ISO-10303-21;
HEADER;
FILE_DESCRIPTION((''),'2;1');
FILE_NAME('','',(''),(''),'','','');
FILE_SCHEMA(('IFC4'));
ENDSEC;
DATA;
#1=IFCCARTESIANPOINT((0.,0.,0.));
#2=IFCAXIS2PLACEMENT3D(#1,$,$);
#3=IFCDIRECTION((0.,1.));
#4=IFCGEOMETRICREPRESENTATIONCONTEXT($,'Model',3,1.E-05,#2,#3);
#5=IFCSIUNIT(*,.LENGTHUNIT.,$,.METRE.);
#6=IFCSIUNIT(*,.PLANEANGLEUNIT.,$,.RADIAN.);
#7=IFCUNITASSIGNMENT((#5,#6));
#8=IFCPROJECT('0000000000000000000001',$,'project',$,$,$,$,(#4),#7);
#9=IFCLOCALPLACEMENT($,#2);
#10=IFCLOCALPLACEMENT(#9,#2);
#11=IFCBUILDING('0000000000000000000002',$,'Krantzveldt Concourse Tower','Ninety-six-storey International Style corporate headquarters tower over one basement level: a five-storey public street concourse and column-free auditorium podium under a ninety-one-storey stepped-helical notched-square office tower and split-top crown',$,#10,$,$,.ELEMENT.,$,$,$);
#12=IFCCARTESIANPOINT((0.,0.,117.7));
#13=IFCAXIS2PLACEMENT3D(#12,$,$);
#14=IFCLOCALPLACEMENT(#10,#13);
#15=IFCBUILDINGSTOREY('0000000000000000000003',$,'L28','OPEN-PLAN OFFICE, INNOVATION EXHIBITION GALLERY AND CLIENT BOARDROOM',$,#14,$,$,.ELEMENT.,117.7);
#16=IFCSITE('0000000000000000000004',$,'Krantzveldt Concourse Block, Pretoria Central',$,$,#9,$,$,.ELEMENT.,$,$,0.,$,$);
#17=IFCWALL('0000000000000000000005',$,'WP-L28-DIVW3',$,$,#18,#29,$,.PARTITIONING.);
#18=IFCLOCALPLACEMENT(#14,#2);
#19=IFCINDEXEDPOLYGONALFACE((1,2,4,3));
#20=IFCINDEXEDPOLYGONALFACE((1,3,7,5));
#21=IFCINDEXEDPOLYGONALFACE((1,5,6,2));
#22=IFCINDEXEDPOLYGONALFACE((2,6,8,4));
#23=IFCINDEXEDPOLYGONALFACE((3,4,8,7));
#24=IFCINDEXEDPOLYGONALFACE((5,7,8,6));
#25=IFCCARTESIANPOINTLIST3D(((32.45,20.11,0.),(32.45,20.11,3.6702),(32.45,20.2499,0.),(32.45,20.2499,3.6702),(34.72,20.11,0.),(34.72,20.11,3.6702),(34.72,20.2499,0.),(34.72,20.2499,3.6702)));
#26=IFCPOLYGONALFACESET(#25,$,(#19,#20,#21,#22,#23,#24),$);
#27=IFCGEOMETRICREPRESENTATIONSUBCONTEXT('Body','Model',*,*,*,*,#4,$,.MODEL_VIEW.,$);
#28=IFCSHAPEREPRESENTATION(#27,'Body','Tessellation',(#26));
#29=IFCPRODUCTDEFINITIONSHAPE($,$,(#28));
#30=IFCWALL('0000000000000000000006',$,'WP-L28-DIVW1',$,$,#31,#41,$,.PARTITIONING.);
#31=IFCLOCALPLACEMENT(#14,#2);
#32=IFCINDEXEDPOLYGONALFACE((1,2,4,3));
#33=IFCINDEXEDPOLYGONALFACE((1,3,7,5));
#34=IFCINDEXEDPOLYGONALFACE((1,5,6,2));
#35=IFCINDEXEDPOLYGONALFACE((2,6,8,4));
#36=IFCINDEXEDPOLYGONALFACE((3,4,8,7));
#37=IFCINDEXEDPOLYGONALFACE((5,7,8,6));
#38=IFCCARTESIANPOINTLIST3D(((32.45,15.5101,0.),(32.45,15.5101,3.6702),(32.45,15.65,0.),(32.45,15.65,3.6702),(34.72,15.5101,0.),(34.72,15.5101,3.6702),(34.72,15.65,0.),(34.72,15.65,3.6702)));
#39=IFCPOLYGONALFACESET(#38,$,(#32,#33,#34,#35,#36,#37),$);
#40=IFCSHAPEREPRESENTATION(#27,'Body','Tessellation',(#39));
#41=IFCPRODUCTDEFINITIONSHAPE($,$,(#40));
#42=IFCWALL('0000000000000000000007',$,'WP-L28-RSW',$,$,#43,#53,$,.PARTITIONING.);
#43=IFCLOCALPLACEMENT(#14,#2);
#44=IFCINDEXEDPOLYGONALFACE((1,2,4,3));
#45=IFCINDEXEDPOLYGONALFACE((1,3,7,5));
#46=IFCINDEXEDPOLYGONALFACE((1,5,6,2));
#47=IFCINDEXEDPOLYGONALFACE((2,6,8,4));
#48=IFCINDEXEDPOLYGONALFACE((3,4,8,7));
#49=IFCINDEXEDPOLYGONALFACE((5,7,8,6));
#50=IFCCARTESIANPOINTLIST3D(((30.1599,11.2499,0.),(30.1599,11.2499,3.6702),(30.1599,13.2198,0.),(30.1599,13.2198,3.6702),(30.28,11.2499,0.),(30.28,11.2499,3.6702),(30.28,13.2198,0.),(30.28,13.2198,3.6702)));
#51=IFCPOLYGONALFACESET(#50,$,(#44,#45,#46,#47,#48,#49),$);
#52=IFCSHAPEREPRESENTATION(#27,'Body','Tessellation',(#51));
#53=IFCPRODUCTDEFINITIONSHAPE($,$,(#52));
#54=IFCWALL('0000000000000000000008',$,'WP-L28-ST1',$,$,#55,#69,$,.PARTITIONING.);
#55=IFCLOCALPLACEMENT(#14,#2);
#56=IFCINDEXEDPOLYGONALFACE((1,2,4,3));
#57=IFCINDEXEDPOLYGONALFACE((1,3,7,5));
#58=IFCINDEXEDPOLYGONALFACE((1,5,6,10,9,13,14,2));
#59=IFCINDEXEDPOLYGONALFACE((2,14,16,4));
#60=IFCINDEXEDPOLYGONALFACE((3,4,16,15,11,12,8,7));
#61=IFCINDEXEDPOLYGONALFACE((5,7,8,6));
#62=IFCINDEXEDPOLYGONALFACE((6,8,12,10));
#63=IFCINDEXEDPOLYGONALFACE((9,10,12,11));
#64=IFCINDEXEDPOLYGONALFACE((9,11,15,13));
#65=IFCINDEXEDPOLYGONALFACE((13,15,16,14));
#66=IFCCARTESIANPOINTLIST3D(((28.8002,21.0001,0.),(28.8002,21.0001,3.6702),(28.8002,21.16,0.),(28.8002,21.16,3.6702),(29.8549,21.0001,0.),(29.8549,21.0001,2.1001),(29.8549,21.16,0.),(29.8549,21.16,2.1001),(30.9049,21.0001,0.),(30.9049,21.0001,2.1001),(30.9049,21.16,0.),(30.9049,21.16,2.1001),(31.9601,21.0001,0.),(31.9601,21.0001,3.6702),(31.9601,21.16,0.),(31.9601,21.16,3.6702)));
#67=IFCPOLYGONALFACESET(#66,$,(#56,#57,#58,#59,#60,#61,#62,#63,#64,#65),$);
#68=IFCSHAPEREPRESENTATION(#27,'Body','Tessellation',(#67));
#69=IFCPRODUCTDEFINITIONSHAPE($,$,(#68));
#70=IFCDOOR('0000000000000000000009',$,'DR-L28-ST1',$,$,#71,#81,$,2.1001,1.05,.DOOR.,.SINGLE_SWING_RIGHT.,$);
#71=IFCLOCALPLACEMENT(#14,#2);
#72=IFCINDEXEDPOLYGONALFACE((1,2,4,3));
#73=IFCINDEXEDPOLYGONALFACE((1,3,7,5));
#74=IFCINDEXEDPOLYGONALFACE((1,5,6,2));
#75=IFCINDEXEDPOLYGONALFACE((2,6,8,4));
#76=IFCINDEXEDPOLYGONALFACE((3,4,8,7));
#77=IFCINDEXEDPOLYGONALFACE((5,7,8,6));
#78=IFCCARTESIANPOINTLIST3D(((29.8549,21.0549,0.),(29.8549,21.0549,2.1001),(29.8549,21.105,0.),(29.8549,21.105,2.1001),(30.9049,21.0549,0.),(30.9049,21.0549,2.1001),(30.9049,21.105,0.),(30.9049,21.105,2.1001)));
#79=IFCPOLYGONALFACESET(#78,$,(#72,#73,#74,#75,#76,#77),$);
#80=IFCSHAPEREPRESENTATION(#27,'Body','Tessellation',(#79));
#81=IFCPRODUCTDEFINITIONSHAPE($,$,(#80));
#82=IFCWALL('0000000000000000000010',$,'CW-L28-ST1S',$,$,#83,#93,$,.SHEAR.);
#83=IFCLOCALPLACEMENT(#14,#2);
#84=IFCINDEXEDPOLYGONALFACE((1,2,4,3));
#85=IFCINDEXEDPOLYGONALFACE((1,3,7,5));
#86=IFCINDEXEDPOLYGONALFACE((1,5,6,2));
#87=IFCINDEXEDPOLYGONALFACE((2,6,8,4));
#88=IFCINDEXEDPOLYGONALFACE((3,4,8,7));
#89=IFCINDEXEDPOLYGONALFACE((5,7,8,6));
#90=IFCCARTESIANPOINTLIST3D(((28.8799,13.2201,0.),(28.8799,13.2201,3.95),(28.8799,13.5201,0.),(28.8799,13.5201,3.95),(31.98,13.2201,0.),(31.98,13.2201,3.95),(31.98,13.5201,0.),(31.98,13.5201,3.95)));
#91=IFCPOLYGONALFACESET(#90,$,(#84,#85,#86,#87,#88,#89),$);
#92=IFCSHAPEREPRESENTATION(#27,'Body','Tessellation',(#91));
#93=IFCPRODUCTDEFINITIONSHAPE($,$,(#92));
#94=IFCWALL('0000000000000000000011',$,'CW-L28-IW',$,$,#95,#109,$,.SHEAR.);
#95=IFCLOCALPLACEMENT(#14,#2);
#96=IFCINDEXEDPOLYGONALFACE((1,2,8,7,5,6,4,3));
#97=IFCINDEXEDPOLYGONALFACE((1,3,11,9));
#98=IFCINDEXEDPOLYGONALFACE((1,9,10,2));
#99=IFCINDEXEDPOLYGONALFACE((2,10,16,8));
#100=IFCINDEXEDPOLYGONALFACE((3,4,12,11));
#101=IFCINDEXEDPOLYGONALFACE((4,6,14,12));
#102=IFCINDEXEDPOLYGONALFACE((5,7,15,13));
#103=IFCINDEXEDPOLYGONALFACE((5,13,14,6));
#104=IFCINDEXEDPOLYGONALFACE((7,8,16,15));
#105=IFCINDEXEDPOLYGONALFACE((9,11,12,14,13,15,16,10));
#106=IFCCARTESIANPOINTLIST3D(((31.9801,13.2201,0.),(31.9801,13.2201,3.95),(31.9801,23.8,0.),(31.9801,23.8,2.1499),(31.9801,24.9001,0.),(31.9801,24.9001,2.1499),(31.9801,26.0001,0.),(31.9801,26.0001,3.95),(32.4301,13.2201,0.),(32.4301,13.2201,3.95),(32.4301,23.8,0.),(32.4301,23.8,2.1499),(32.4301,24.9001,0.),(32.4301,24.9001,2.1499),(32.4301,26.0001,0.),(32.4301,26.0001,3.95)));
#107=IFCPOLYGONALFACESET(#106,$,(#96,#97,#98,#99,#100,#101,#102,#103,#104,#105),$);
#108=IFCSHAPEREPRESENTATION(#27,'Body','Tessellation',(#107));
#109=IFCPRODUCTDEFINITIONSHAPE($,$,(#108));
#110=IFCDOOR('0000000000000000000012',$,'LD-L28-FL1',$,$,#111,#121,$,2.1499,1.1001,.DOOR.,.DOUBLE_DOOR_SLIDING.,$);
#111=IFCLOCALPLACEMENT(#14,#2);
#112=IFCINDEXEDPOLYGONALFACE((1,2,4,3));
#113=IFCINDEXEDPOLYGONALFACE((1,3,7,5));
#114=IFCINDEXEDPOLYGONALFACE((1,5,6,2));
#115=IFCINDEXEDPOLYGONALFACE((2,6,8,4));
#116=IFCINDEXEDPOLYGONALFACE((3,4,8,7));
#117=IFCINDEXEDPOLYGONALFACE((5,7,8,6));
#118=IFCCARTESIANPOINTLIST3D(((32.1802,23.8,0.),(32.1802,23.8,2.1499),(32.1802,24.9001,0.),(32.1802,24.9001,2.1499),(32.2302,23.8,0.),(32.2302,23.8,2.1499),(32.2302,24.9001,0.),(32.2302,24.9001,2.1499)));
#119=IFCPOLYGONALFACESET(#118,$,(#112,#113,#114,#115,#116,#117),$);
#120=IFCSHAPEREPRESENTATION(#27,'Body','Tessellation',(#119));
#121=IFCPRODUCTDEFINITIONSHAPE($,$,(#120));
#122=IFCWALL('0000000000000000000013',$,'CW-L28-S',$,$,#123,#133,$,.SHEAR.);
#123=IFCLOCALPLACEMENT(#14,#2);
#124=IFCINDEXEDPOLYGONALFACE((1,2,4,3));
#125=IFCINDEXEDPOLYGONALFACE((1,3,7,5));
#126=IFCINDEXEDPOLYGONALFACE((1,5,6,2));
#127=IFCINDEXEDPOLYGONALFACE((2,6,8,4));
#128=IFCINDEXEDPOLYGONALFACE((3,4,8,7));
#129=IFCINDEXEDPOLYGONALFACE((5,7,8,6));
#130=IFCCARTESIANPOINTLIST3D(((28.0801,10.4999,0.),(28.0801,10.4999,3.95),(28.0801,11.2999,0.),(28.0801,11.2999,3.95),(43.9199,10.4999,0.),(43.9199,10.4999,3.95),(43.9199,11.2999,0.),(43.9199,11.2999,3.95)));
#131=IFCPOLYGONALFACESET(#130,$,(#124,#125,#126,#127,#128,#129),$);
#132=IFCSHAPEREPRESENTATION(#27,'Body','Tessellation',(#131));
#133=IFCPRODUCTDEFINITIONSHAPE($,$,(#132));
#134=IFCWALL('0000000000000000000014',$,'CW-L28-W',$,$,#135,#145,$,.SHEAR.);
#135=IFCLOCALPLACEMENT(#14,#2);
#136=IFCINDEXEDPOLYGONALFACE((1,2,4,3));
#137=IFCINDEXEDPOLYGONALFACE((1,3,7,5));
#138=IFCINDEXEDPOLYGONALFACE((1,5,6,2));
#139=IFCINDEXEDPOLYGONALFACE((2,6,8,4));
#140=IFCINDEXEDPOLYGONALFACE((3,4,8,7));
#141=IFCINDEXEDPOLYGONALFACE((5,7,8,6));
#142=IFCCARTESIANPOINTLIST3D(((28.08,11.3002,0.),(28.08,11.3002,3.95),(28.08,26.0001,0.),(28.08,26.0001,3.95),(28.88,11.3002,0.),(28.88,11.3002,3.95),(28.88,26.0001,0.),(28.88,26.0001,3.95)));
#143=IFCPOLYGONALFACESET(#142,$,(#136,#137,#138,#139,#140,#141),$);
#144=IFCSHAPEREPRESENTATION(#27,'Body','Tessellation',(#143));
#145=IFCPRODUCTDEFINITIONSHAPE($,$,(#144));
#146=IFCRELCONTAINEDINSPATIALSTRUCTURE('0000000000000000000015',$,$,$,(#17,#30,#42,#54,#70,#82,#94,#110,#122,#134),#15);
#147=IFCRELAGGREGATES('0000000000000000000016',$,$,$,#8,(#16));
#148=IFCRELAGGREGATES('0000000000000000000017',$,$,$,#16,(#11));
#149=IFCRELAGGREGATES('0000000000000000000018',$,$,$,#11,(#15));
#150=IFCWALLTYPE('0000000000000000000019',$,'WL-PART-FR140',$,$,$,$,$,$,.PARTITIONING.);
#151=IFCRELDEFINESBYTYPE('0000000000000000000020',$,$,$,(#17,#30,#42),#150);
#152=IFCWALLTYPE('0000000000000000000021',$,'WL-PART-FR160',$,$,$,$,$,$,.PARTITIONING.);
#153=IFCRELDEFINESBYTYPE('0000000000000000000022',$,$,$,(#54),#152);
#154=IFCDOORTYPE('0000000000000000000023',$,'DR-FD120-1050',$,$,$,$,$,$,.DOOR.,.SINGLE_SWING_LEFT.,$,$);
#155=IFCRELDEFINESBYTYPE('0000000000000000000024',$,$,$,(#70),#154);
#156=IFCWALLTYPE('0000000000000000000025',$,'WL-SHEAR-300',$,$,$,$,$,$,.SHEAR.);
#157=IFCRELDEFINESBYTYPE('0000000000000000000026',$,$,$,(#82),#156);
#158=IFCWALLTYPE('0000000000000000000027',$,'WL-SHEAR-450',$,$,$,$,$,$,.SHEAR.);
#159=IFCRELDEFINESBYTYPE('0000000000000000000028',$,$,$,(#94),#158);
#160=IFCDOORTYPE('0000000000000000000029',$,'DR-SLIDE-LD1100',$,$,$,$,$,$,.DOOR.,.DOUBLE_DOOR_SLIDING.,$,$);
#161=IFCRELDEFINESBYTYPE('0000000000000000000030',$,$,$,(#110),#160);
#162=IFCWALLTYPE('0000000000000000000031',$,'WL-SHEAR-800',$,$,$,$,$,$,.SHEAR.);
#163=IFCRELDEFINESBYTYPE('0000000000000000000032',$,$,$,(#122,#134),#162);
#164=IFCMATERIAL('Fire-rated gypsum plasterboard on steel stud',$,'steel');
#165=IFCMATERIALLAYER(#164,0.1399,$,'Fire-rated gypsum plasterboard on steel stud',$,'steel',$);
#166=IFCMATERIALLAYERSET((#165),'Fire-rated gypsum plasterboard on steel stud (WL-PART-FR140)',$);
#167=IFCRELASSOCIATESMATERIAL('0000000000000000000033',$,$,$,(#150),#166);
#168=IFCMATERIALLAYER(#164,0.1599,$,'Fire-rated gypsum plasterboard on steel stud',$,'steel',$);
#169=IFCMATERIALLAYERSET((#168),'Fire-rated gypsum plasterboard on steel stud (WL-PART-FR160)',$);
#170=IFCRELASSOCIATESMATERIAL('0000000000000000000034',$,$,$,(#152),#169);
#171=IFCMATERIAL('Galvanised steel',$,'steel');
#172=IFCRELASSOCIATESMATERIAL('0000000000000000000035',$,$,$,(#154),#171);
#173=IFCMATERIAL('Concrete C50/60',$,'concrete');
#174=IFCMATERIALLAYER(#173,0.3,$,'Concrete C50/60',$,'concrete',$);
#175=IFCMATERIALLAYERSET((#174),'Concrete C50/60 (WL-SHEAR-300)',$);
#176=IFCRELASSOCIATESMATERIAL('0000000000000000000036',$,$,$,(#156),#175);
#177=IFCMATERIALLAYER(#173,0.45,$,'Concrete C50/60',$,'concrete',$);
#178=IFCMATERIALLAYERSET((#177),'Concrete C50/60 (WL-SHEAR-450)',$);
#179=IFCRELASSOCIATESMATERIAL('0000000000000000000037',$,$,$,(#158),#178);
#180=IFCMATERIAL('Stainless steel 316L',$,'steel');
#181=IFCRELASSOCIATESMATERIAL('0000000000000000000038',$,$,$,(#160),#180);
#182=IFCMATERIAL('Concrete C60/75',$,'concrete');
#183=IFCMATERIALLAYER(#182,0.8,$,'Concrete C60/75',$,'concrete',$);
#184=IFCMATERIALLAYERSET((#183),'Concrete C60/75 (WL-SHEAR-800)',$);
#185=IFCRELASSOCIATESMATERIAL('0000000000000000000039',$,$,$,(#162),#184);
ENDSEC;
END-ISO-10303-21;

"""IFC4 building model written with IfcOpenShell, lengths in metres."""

from ifc_helpers import new_model, si_unit, direction, frame, frame_2d, origin, place, context, subcontext, project, spatial, rectangle, extrude, material, layer, layer_set, type_object, element, fill, save


model = new_model("IFC4")

# Units and contexts
model_context = context("Model", 3, precision=1e-05, world=origin(), true_north=direction((0.0, 1.0)))
body_context = subcontext(model_context, "Body", "Model", "MODEL_VIEW")
ifc_project = project(units=[si_unit("LENGTHUNIT", "METRE"), si_unit("PLANEANGLEUNIT", "RADIAN")], contexts=[model_context])

# Site, building, storey
site_placement = place(None, origin())
site = spatial("IfcSite", under=ifc_project, at=site_placement, Name="Krantzveldt Concourse Block, Pretoria Central", CompositionType="ELEMENT", RefElevation=0.0)
building_placement = place(site_placement, origin())
building = spatial("IfcBuilding", under=site, at=building_placement, Name="Krantzveldt Concourse Tower", Description="Ninety-six-storey International Style corporate headquarters tower over one basement level: a five-storey public street concourse and column-free auditorium podium under a ninety-one-storey stepped-helical notched-square office tower and split-top crown", CompositionType="ELEMENT")
storey_placement = place(building_placement, frame((0.0, 0.0, 117.7)))
storey = spatial("IfcBuildingStorey", under=building, at=storey_placement, Name="L28", Description="OPEN-PLAN OFFICE, INNOVATION EXHIBITION GALLERY AND CLIENT BOARDROOM", CompositionType="ELEMENT", Elevation=117.7)

# Shared definitions
ifc_material_1 = material(Name="Concrete C60/75", Category="concrete")

# Shared definitions
ifc_material_2 = material(Name="Fire-rated gypsum plasterboard on steel stud", Category="steel")

# Walls
ifc_layer_1 = layer(ifc_material_2, 0.1399, Name="Fire-rated gypsum plasterboard on steel stud", Category="steel")
ifc_layer_set_1 = layer_set([ifc_layer_1], Name="Fire-rated gypsum plasterboard on steel stud (WL-PART-FR140)")
wall_type_1 = type_object("IfcWallType", Name="WL-PART-FR140", PredefinedType="PARTITIONING", material=ifc_layer_set_1)
for number, where, z_axis, x_axis, name in (
    (1, (32.45, 20.1799, 0.0), (0.0, 0.0, 1.0), (1.0, 0.0, 0.0), "WP-L28-DIVW3"),
    (2, (32.45, 15.5801, 0.0), (0.0, 0.0, 1.0), (1.0, 0.0, 0.0), "WP-L28-DIVW1"),
):
    element("IfcWall", number, at=place(storey_placement, frame(where, z_axis=z_axis, x_axis=x_axis)), inside=storey, type_object=wall_type_1, Name=name, PredefinedType="PARTITIONING", context=body_context, shape_type="SweptSolid", body=[
        extrude(rectangle(XDim=2.27, YDim=0.1399, at=frame_2d((1.135, 0.0))), origin(), (0.0, 0.0, 1.0), 3.6702),
    ])
wall_1_placement = place(storey_placement, frame((30.22, 11.25, 0.0), z_axis=(0.0, 0.0, 1.0), x_axis=(0.0, 1.0, 0.0)))
element("IfcWall", 3, at=wall_1_placement, inside=storey, type_object=wall_type_1, Name="WP-L28-RSW", PredefinedType="PARTITIONING", context=body_context, shape_type="SweptSolid", body=[
    extrude(rectangle(XDim=1.97, YDim=0.1201, at=frame_2d((0.9849, 0.0))), origin(), (0.0, 0.0, 1.0), 3.6702),
])

# Wall, opening, door
ifc_layer_2 = layer(ifc_material_2, 0.1599, Name="Fire-rated gypsum plasterboard on steel stud", Category="steel")
ifc_layer_set_2 = layer_set([ifc_layer_2], Name="Fire-rated gypsum plasterboard on steel stud (WL-PART-FR160)")
wall_type_2 = type_object("IfcWallType", Name="WL-PART-FR160", PredefinedType="PARTITIONING", material=ifc_layer_set_2)
wall_2_placement = place(storey_placement, frame((28.8, 21.0801, 0.0), z_axis=(0.0, 0.0, 1.0), x_axis=(1.0, 0.0, 0.0)))
wall_2 = element("IfcWall", 4, at=wall_2_placement, inside=storey, type_object=wall_type_2, Name="WP-L28-ST1", PredefinedType="PARTITIONING", context=body_context, shape_type="SweptSolid", body=[
    extrude(rectangle(XDim=3.1599, YDim=0.1599, at=frame_2d((1.5801, 0.0))), origin(), (0.0, 0.0, 1.0), 3.6702),
])
opening_1_placement = place(wall_2_placement, frame((1.0549, 0.0, 0.0)))
opening_1 = element("IfcOpeningElement", 5, at=opening_1_placement, cuts=wall_2, PredefinedType="OPENING", context=body_context, shape_type="SweptSolid", body=[
    extrude(rectangle(XDim=1.05, YDim=2.1001, at=frame_2d((0.5249, 1.05))), frame((0.0, 0.0898, 0.0), z_axis=(0.0, -1.0, 0.0), x_axis=(1.0, 0.0, 0.0)), (0.0, 0.0, 1.0), 0.1799),
])
ifc_material_3 = material(Name="Galvanised steel", Category="steel")
door_type_1 = type_object("IfcDoorType", Name="DR-FD120-1050", OperationType="SINGLE_SWING_LEFT", PredefinedType="DOOR", material=ifc_material_3)
door_1_placement = place(opening_1_placement, origin())
door_1 = element("IfcDoor", 6, at=door_1_placement, inside=storey, type_object=door_type_1, Name="DR-L28-ST1", OperationType="SINGLE_SWING_RIGHT", OverallHeight=2.1001, OverallWidth=1.05, PredefinedType="DOOR", context=body_context, shape_type="SweptSolid", body=[
    extrude(rectangle(XDim=1.05, YDim=2.1001, at=frame_2d((0.5249, 1.05))), frame((0.0, 0.0249, 0.0), z_axis=(0.0, -1.0, 0.0), x_axis=(1.0, 0.0, 0.0)), (0.0, 0.0, 1.0), 0.05),
])
fill(opening_1, door_1)

# Wall
ifc_material_4 = material(Name="Concrete C50/60", Category="concrete")
ifc_layer_3 = layer(ifc_material_4, 0.3, Name="Concrete C50/60", Category="concrete")
ifc_layer_set_3 = layer_set([ifc_layer_3], Name="Concrete C50/60 (WL-SHEAR-300)")
wall_type_3 = type_object("IfcWallType", Name="WL-SHEAR-300", PredefinedType="SHEAR", material=ifc_layer_set_3)
wall_3_placement = place(storey_placement, frame((28.8799, 13.3701, 0.0), z_axis=(0.0, 0.0, 1.0), x_axis=(1.0, 0.0, 0.0)))
element("IfcWall", 7, at=wall_3_placement, inside=storey, type_object=wall_type_3, Name="CW-L28-ST1S", PredefinedType="SHEAR", context=body_context, shape_type="SweptSolid", body=[
    extrude(rectangle(XDim=3.1001, YDim=0.3, at=frame_2d((1.55, 0.0))), origin(), (0.0, 0.0, 1.0), 3.95),
])

# Wall, opening, door
ifc_layer_4 = layer(ifc_material_4, 0.45, Name="Concrete C50/60", Category="concrete")
ifc_layer_set_4 = layer_set([ifc_layer_4], Name="Concrete C50/60 (WL-SHEAR-450)")
wall_type_4 = type_object("IfcWallType", Name="WL-SHEAR-450", PredefinedType="SHEAR", material=ifc_layer_set_4)
wall_4_placement = place(storey_placement, frame((32.2051, 13.22, 0.0), z_axis=(0.0, 0.0, 1.0), x_axis=(0.0, 1.0, 0.0)))
wall_4 = element("IfcWall", 8, at=wall_4_placement, inside=storey, type_object=wall_type_4, Name="CW-L28-IW", PredefinedType="SHEAR", context=body_context, shape_type="SweptSolid", body=[
    extrude(rectangle(XDim=12.78, YDim=0.45, at=frame_2d((6.3901, 0.0))), origin(), (0.0, 0.0, 1.0), 3.95),
])
opening_2_placement = place(wall_4_placement, frame((10.5801, 0.0, 0.0)))
opening_2 = element("IfcOpeningElement", 9, at=opening_2_placement, cuts=wall_4, PredefinedType="OPENING", context=body_context, shape_type="SweptSolid", body=[
    extrude(rectangle(XDim=1.1001, YDim=2.1499, at=frame_2d((0.55, 1.075))), frame((0.0, 0.2349, 0.0), z_axis=(0.0, -1.0, 0.0), x_axis=(1.0, 0.0, 0.0)), (0.0, 0.0, 1.0), 0.47),
])
ifc_material_5 = material(Name="Stainless steel 316L", Category="steel")
door_type_2 = type_object("IfcDoorType", Name="DR-SLIDE-LD1100", OperationType="DOUBLE_DOOR_SLIDING", PredefinedType="DOOR", material=ifc_material_5)
door_2_placement = place(opening_2_placement, origin())
door_2 = element("IfcDoor", 10, at=door_2_placement, inside=storey, type_object=door_type_2, Name="LD-L28-FL1", OperationType="DOUBLE_DOOR_SLIDING", OverallHeight=2.1499, OverallWidth=1.1001, PredefinedType="DOOR", context=body_context, shape_type="SweptSolid", body=[
    extrude(rectangle(XDim=1.1001, YDim=2.1499, at=frame_2d((0.55, 1.075))), frame((0.0, 0.0249, 0.0), z_axis=(0.0, -1.0, 0.0), x_axis=(1.0, 0.0, 0.0)), (0.0, 0.0, 1.0), 0.05),
])
fill(opening_2, door_2)

# Walls
ifc_layer_5 = layer(ifc_material_1, 0.8, Name="Concrete C60/75", Category="concrete")
ifc_layer_set_5 = layer_set([ifc_layer_5], Name="Concrete C60/75 (WL-SHEAR-800)")
wall_type_5 = type_object("IfcWallType", Name="WL-SHEAR-800", PredefinedType="SHEAR", material=ifc_layer_set_5)
wall_5_placement = place(storey_placement, frame((28.0801, 10.8999, 0.0), z_axis=(0.0, 0.0, 1.0), x_axis=(1.0, 0.0, 0.0)))
element("IfcWall", 11, at=wall_5_placement, inside=storey, type_object=wall_type_5, Name="CW-L28-S", PredefinedType="SHEAR", context=body_context, shape_type="SweptSolid", body=[
    extrude(rectangle(XDim=15.8398, YDim=0.8, at=frame_2d((7.9199, 0.0))), origin(), (0.0, 0.0, 1.0), 3.95),
])
wall_6_placement = place(storey_placement, frame((28.48, 11.3, 0.0), z_axis=(0.0, 0.0, 1.0), x_axis=(0.0, 1.0, 0.0)))
element("IfcWall", 12, at=wall_6_placement, inside=storey, type_object=wall_type_5, Name="CW-L28-W", PredefinedType="SHEAR", context=body_context, shape_type="SweptSolid", body=[
    extrude(rectangle(XDim=14.7, YDim=0.8, at=frame_2d((7.3501, 0.0))), origin(), (0.0, 0.0, 1.0), 3.95),
])

save(model, "model.ifc")
